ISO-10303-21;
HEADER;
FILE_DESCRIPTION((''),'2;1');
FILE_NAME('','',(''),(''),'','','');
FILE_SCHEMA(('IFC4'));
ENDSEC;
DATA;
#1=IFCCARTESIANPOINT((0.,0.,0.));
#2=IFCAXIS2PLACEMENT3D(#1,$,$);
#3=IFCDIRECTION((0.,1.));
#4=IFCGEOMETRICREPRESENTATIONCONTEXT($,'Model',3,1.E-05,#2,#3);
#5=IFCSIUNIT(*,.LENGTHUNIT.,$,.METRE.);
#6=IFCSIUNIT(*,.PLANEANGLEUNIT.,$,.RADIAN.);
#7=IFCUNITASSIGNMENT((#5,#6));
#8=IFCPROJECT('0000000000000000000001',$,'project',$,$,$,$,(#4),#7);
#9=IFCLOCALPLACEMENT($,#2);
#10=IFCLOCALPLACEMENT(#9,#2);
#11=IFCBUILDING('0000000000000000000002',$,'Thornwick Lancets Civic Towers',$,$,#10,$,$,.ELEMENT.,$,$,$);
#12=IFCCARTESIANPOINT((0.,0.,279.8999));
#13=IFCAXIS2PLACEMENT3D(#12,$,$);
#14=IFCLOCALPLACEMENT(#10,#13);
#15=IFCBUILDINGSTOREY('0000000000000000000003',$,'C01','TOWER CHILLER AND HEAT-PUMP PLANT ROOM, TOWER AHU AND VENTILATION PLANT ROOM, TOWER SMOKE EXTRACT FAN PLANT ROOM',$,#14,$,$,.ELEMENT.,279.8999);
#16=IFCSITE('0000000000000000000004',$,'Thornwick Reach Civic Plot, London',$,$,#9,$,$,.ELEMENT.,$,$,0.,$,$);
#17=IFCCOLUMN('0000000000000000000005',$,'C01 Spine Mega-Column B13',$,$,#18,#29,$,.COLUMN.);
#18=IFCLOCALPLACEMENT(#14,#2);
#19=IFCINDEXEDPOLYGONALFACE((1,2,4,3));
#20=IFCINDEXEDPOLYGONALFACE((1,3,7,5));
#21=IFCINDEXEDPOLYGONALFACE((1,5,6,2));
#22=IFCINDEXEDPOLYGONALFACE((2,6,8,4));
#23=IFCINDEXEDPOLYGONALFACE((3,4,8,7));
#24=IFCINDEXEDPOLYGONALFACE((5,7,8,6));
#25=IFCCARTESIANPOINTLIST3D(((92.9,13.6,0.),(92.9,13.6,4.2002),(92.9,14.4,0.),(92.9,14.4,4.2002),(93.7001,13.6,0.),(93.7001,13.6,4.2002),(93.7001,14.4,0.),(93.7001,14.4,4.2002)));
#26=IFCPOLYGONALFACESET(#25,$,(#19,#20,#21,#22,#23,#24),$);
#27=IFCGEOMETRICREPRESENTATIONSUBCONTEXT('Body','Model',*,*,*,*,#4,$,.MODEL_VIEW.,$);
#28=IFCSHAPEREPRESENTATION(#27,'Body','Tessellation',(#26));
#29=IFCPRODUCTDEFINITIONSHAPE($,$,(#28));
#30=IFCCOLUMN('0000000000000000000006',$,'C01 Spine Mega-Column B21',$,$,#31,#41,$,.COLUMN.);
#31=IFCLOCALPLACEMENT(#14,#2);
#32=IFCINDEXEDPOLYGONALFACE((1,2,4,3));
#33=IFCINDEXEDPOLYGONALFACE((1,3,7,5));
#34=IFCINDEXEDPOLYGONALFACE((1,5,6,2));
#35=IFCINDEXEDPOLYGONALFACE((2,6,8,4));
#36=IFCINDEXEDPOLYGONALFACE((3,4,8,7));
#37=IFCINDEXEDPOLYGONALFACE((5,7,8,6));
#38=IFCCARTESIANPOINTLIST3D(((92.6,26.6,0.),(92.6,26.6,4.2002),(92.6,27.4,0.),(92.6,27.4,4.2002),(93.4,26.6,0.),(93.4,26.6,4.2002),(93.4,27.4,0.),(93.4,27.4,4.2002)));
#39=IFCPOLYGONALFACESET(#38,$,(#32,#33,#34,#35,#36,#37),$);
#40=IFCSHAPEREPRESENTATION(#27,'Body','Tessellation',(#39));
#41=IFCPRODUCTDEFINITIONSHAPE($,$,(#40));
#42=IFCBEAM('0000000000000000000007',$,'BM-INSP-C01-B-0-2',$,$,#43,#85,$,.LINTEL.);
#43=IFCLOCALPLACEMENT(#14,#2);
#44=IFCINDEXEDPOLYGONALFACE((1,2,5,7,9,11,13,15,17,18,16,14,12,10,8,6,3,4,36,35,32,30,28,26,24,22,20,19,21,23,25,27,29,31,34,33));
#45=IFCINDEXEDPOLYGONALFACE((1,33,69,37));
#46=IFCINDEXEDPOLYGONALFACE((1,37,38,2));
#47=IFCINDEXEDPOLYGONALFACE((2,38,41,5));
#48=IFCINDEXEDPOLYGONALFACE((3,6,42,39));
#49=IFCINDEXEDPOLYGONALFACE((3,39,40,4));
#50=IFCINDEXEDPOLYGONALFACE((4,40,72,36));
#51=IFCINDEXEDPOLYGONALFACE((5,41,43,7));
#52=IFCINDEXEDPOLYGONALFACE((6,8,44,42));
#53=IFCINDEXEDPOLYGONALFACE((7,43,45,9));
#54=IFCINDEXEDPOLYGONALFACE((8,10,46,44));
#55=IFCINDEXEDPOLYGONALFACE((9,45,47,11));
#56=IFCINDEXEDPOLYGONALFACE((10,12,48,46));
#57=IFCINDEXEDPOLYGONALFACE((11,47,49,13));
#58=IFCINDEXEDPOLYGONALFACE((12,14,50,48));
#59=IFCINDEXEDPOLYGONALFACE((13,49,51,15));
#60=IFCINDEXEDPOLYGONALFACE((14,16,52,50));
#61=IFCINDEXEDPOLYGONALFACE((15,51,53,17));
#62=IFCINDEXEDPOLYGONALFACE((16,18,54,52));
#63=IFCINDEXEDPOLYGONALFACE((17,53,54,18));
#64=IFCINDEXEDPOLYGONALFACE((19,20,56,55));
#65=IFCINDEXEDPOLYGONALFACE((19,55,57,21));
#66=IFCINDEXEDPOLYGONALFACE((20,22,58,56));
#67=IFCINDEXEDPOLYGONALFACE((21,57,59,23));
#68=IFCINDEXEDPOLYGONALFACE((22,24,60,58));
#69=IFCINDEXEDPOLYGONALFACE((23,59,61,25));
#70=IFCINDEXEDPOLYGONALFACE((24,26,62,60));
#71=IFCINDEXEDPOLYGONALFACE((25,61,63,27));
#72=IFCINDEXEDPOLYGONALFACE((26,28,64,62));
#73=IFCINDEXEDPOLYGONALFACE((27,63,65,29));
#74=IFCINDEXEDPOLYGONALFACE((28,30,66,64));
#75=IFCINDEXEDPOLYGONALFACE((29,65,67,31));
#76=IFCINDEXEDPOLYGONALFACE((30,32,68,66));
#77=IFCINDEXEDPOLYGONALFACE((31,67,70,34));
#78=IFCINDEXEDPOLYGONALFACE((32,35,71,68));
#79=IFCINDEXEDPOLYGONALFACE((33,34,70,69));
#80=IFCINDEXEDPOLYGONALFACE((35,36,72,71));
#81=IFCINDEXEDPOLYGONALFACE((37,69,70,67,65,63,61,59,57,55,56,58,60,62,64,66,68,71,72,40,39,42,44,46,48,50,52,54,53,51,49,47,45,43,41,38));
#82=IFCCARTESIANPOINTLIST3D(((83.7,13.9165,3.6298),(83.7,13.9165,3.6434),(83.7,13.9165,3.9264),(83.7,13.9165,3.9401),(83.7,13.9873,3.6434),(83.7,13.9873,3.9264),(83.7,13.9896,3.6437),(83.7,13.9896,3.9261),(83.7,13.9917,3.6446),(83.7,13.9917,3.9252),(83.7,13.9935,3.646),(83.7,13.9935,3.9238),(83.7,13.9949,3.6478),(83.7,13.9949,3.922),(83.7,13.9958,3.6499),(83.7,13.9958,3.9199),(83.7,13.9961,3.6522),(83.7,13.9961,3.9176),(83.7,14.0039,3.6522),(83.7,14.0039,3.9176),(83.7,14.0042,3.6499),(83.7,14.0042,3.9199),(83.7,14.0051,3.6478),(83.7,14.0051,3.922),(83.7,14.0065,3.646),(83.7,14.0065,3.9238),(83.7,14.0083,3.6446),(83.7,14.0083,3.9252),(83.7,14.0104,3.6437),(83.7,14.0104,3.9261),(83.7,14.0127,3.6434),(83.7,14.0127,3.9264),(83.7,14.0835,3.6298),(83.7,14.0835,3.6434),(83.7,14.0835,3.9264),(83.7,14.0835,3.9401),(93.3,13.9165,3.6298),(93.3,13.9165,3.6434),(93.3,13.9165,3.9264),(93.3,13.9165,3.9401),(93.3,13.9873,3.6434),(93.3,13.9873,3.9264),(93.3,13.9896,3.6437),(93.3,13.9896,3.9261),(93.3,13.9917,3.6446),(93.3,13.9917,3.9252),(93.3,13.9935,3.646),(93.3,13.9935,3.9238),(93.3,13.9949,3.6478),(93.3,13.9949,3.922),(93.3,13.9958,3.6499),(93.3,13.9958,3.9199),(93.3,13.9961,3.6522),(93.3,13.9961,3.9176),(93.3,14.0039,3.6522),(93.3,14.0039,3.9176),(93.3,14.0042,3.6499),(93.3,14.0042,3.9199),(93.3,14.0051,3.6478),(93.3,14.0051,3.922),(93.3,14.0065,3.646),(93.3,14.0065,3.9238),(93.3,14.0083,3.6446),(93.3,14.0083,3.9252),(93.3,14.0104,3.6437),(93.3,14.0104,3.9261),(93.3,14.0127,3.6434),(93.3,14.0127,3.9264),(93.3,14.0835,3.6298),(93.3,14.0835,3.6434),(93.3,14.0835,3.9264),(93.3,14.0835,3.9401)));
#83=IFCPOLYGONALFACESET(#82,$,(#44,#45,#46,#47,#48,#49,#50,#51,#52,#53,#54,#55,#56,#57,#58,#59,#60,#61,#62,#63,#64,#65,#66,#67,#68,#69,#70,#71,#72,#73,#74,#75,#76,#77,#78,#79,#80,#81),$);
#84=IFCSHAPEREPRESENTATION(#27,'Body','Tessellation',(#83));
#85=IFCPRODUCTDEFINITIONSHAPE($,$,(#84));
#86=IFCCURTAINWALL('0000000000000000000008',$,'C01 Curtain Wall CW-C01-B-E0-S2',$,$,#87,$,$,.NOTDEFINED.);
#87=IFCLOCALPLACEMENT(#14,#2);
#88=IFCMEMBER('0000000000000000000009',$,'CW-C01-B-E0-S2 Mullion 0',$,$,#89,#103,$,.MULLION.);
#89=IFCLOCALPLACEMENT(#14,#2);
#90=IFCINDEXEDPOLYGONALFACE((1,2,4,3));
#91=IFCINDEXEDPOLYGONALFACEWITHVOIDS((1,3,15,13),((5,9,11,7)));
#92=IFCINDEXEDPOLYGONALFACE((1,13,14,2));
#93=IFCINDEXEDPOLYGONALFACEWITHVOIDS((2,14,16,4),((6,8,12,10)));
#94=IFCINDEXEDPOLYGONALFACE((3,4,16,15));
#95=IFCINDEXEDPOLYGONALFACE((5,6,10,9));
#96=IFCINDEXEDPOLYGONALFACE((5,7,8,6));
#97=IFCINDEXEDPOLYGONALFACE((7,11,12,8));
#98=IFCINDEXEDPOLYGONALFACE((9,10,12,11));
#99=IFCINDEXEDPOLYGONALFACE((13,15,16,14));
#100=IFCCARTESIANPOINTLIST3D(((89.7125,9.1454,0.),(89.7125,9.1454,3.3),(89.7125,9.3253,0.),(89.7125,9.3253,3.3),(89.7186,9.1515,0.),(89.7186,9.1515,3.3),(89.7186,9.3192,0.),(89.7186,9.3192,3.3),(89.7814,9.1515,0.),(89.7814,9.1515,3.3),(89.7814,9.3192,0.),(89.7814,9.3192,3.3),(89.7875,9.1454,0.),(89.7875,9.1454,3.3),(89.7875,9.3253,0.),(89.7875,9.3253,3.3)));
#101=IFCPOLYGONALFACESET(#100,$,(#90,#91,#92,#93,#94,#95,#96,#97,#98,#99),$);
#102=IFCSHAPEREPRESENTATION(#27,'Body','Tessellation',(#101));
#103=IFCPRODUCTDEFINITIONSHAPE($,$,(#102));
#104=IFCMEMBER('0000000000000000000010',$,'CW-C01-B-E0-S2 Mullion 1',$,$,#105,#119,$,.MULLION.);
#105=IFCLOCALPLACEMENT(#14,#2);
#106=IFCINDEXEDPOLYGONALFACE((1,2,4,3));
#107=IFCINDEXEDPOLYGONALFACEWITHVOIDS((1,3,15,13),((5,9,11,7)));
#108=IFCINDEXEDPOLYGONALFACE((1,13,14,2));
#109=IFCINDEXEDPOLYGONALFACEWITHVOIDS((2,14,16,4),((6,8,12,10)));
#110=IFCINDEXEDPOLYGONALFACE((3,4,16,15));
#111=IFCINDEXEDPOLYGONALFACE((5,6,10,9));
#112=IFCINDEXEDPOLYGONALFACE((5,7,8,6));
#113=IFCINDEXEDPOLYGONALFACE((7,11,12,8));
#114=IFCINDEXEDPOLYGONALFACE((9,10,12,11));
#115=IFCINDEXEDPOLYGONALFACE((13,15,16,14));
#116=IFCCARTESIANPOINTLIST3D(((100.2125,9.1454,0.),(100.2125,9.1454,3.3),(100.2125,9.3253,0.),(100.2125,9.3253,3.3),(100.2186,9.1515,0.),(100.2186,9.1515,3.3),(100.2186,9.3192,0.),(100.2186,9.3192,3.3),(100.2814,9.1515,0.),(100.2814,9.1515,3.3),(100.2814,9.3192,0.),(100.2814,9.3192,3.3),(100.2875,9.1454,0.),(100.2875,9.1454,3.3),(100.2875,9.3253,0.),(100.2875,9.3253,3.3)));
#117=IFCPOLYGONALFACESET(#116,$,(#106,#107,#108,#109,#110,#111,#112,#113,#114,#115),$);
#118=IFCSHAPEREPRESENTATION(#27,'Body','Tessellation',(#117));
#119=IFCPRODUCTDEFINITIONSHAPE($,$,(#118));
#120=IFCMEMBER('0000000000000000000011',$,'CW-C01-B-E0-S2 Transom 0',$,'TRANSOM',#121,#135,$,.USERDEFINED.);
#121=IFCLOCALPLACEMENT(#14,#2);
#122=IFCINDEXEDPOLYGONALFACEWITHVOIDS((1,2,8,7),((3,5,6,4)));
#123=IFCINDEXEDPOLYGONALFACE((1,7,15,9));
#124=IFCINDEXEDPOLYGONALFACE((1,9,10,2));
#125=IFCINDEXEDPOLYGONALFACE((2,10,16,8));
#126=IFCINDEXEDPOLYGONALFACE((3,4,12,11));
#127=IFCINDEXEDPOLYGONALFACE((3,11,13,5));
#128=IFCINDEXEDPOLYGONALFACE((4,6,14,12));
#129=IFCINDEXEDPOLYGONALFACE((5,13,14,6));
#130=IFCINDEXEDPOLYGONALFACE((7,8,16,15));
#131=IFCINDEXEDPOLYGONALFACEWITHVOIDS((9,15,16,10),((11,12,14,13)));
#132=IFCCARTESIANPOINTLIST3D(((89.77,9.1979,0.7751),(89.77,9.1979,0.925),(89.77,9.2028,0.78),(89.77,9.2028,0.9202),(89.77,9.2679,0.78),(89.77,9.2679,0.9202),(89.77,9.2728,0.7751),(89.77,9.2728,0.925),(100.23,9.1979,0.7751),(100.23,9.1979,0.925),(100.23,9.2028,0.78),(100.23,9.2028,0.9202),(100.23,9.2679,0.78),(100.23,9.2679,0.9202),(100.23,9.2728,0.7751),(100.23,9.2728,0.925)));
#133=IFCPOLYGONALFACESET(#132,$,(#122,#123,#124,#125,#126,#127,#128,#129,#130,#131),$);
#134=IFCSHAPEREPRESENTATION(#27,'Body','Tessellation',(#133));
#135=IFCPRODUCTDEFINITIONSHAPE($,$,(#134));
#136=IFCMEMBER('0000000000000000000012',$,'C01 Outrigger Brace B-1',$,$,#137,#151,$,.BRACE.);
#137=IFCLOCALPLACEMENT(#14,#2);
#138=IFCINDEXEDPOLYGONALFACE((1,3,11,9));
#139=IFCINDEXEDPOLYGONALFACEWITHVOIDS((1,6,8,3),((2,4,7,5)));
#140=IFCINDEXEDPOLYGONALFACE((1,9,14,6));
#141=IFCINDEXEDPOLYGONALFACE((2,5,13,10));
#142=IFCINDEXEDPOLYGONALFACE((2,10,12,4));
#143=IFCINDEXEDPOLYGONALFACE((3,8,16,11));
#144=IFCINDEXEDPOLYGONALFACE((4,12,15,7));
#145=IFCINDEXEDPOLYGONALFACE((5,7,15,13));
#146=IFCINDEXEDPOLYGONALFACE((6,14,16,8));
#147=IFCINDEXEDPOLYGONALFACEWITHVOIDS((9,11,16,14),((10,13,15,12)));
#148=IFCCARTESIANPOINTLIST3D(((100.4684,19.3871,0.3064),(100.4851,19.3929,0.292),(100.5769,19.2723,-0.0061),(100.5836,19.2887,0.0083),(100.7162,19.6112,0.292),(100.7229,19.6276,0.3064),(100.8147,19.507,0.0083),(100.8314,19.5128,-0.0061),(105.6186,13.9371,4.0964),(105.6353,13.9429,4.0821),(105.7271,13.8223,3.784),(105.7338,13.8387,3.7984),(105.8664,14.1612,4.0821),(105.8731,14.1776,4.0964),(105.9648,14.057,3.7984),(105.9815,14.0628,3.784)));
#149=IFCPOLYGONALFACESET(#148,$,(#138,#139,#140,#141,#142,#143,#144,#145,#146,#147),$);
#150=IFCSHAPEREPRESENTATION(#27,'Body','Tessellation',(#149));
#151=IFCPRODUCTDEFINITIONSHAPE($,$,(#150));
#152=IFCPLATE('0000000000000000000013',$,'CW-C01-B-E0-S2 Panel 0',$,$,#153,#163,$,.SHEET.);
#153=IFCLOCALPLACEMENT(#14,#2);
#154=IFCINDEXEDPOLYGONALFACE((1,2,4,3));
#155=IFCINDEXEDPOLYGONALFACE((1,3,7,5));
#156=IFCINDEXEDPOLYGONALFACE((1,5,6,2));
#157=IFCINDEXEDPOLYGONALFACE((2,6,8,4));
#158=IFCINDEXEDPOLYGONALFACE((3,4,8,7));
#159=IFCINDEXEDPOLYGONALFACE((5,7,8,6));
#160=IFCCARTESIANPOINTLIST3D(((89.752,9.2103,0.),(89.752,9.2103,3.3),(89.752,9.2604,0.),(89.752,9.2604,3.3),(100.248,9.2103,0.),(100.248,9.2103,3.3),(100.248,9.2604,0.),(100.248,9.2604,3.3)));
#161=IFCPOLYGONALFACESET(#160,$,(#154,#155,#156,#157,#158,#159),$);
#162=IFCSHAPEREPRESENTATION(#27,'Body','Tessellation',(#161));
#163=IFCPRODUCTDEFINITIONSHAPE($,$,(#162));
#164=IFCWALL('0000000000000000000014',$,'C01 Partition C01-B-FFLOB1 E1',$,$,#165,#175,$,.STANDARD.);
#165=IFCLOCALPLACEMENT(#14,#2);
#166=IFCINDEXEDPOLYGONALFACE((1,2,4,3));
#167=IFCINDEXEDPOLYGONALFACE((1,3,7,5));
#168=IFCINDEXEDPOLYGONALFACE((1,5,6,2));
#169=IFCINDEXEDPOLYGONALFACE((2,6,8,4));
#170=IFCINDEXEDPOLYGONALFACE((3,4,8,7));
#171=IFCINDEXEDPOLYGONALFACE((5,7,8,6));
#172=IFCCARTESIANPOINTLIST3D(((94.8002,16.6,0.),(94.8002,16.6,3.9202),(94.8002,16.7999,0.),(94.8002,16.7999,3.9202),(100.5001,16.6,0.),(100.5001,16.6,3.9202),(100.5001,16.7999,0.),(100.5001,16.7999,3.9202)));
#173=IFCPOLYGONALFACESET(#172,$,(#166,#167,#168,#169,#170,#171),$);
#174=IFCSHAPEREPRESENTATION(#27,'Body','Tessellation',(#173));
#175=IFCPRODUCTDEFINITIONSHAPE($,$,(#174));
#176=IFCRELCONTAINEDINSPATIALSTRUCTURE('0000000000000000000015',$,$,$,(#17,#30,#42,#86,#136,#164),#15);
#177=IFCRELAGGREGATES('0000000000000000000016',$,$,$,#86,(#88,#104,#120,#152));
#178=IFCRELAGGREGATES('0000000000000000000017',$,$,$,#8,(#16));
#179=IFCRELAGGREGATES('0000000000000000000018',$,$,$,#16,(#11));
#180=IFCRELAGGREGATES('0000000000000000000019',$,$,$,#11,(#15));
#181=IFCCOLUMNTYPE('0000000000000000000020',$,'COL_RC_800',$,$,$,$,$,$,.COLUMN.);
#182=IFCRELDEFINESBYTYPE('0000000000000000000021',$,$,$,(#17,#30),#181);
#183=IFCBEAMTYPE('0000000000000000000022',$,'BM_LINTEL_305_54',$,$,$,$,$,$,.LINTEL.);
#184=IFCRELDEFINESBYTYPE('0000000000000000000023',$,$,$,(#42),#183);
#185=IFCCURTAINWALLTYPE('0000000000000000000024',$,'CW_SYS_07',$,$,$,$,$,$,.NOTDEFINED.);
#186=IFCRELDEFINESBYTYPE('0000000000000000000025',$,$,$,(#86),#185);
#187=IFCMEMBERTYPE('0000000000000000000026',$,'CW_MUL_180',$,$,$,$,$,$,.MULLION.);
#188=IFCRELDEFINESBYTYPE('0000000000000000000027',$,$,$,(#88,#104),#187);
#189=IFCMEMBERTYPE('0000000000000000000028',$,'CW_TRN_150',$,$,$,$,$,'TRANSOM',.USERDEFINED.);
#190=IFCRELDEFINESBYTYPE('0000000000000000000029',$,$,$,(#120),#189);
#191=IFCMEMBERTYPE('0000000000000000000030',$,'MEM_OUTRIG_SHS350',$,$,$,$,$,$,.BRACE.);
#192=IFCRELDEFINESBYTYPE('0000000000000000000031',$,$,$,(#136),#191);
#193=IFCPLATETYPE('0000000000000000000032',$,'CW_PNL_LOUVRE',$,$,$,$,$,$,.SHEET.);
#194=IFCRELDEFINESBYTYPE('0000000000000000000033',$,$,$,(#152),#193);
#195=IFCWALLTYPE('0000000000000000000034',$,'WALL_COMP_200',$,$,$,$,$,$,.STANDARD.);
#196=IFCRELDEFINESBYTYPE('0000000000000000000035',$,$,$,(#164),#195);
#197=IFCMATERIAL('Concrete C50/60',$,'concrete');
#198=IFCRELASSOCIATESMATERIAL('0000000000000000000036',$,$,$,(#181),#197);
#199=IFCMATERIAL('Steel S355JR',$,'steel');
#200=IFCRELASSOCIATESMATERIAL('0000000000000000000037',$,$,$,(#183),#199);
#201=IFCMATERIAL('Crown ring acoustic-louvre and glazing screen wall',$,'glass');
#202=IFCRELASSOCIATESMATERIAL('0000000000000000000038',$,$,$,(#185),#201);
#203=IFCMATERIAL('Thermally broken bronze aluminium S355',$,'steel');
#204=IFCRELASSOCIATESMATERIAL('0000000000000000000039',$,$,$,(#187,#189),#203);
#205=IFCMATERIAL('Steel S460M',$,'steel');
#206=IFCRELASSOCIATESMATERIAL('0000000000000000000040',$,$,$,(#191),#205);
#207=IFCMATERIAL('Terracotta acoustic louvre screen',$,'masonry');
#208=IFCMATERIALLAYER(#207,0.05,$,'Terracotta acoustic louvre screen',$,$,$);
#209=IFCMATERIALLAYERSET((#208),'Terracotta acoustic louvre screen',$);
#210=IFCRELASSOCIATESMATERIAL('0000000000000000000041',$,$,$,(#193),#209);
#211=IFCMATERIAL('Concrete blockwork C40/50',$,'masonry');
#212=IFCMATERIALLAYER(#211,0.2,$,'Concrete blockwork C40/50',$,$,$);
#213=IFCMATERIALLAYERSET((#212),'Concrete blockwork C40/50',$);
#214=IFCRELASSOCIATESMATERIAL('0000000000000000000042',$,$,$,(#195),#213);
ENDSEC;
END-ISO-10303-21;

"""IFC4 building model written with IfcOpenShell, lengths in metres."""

from ifc_helpers import new_model, si_unit, direction, frame, frame_2d, origin, origin_2d, place, context, subcontext, project, spatial, rectangle, hollow_rectangle, i_section, extrude, material, layer, layer_set, material_profile, profile_set, type_object, element, aggregate, save


model = new_model("IFC4")

# Units and contexts
model_context = context("Model", 3, precision=1e-05, world=origin(), true_north=direction((0.0, 1.0)))
body_context = subcontext(model_context, "Body", "Model", "MODEL_VIEW")
ifc_project = project(units=[si_unit("LENGTHUNIT", "METRE"), si_unit("PLANEANGLEUNIT", "RADIAN")], contexts=[model_context])

# Site, building, storey
site_placement = place(None, origin())
site = spatial("IfcSite", under=ifc_project, at=site_placement, Name="Thornwick Reach Civic Plot, London", CompositionType="ELEMENT", RefElevation=0.0)
building_placement = place(site_placement, origin())
building = spatial("IfcBuilding", under=site, at=building_placement, Name="Thornwick Lancets Civic Towers", CompositionType="ELEMENT")
storey_placement = place(building_placement, frame((0.0, 0.0, 279.8999)))
storey = spatial("IfcBuildingStorey", under=building, at=storey_placement, Name="C01", Description="TOWER CHILLER AND HEAT-PUMP PLANT ROOM, TOWER AHU AND VENTILATION PLANT ROOM, TOWER SMOKE EXTRACT FAN PLANT ROOM", CompositionType="ELEMENT", Elevation=279.8999)

# Columns
ifc_material_1 = material(Name="Concrete C50/60", Category="concrete")
ifc_material_profile_1 = material_profile(ifc_material_1, rectangle(XDim=0.8, YDim=0.8, at=origin_2d()), Name="RC 800x800")
ifc_profile_set_1 = profile_set([ifc_material_profile_1], Name="Concrete C50/60")
column_type = type_object("IfcColumnType", Name="COL_RC_800", PredefinedType="COLUMN", material=ifc_profile_set_1)
for number, where, z_axis, x_axis, name in (
    (1, (93.3, 14.0, 0.0), (0.0, 0.0, 1.0), (1.0, 0.0, 0.0), "C01 Spine Mega-Column B13"),
    (2, (93.0, 27.0, 0.0), (0.0, 0.0, 1.0), (1.0, 0.0, 0.0), "C01 Spine Mega-Column B21"),
):
    element("IfcColumn", number, at=place(storey_placement, frame(where, z_axis=z_axis, x_axis=x_axis)), inside=storey, type_object=column_type, Name=name, PredefinedType="COLUMN", context=body_context, shape_type="SweptSolid", body=[
        extrude(rectangle(XDim=0.8, YDim=0.8, at=origin_2d()), origin(), (0.0, 0.0, 1.0), 4.2002),
    ])

# Beam
ifc_material_2 = material(Name="Steel S355JR", Category="steel")
ifc_material_profile_2 = material_profile(ifc_material_2, i_section(OverallWidth=0.167, OverallDepth=0.3103, WebThickness=0.0078, FlangeThickness=0.0137, FilletRadius=0.0088, at=origin_2d()), Name="UKB 305x165x54")
ifc_profile_set_2 = profile_set([ifc_material_profile_2], Name="Steel S355JR")
beam_type = type_object("IfcBeamType", Name="BM_LINTEL_305_54", PredefinedType="LINTEL", material=ifc_profile_set_2)
beam_placement = place(storey_placement, frame((93.3, 14.0, 3.7849), z_axis=(-1.0, 0.0, 0.0), x_axis=(0.0, -1.0, 0.0)))
element("IfcBeam", 3, at=beam_placement, inside=storey, type_object=beam_type, Name="BM-INSP-C01-B-0-2", PredefinedType="LINTEL", context=body_context, shape_type="SweptSolid", body=[
    extrude(i_section(OverallWidth=0.167, OverallDepth=0.3103, WebThickness=0.0078, FlangeThickness=0.0137, FilletRadius=0.0088, at=origin_2d()), origin(), (0.0, 0.0, 1.0), 9.6001),
])

# Curtain wall, members
ifc_material_3 = material(Name="Crown ring acoustic-louvre and glazing screen wall", Category="glass")
curtain_wall_type = type_object("IfcCurtainWallType", Name="CW_SYS_07", PredefinedType="NOTDEFINED", material=ifc_material_3)
curtain_wall_placement = place(storey_placement, origin())
curtain_wall = element("IfcCurtainWall", 4, at=curtain_wall_placement, inside=storey, type_object=curtain_wall_type, Name="C01 Curtain Wall CW-C01-B-E0-S2", PredefinedType="NOTDEFINED")
ifc_material_4 = material(Name="Thermally broken bronze aluminium S355", Category="steel")
ifc_material_profile_3 = material_profile(ifc_material_4, hollow_rectangle(XDim=0.075, YDim=0.1799, WallThickness=0.0061, at=origin_2d()), Name="RHS 180x75x6")
ifc_profile_set_3 = profile_set([ifc_material_profile_3], Name="Thermally broken bronze aluminium S355")
member_type_1 = type_object("IfcMemberType", Name="CW_MUL_180", PredefinedType="MULLION", material=ifc_profile_set_3)
member_1_placement = place(storey_placement, frame((89.75, 9.2354, 0.0), z_axis=(0.0, 0.0, 1.0), x_axis=(1.0, 0.0, 0.0)))
member_1 = element("IfcMember", 5, at=member_1_placement, type_object=member_type_1, Name="CW-C01-B-E0-S2 Mullion 0", PredefinedType="MULLION", context=body_context, shape_type="SweptSolid", body=[
    extrude(hollow_rectangle(XDim=0.075, YDim=0.1799, WallThickness=0.0061, at=origin_2d()), origin(), (0.0, 0.0, 1.0), 3.3),
])
member_2_placement = place(storey_placement, frame((100.25, 9.2354, 0.0), z_axis=(0.0, 0.0, 1.0), x_axis=(1.0, 0.0, 0.0)))
member_2 = element("IfcMember", 6, at=member_2_placement, type_object=member_type_1, Name="CW-C01-B-E0-S2 Mullion 1", PredefinedType="MULLION", context=body_context, shape_type="SweptSolid", body=[
    extrude(hollow_rectangle(XDim=0.075, YDim=0.1799, WallThickness=0.0061, at=origin_2d()), origin(), (0.0, 0.0, 1.0), 3.3),
])
ifc_material_profile_4 = material_profile(ifc_material_4, hollow_rectangle(XDim=0.075, YDim=0.1499, WallThickness=0.0049, at=origin_2d()), Name="RHS 150x75x5")
ifc_profile_set_4 = profile_set([ifc_material_profile_4], Name="Thermally broken bronze aluminium S355")
member_type_2 = type_object("IfcMemberType", Name="CW_TRN_150", ElementType="TRANSOM", PredefinedType="USERDEFINED", material=ifc_profile_set_4)
member_3_placement = place(storey_placement, frame((89.77, 9.2354, 0.8501), z_axis=(1.0, 0.0, 0.0), x_axis=(0.0, 1.0, 0.0)))
member_3 = element("IfcMember", 7, at=member_3_placement, type_object=member_type_2, Name="CW-C01-B-E0-S2 Transom 0", ObjectType="TRANSOM", PredefinedType="USERDEFINED", context=body_context, shape_type="SweptSolid", body=[
    extrude(hollow_rectangle(XDim=0.075, YDim=0.1499, WallThickness=0.0049, at=origin_2d()), origin(), (0.0, 0.0, 1.0), 10.46),
])

# Member
ifc_material_5 = material(Name="Steel S460M", Category="steel")
ifc_material_profile_5 = material_profile(ifc_material_5, hollow_rectangle(XDim=0.3501, YDim=0.3501, WallThickness=0.0161, at=origin_2d()), Name="SHS 350x350x16")
ifc_profile_set_5 = profile_set([ifc_material_profile_5], Name="Steel S460M")
member_type_3 = type_object("IfcMemberType", Name="MEM_OUTRIG_SHS350", PredefinedType="BRACE", material=ifc_profile_set_5)
member_4_placement = place(storey_placement, frame((100.6499, 19.45, 0.1501), z_axis=(0.612981, -0.648664, 0.451098), x_axis=(0.726815, 0.686833, 0.0)))
element("IfcMember", 8, at=member_4_placement, inside=storey, type_object=member_type_3, Name="C01 Outrigger Brace B-1", PredefinedType="BRACE", context=body_context, shape_type="SweptSolid", body=[
    extrude(hollow_rectangle(XDim=0.3501, YDim=0.3501, WallThickness=0.0161, at=origin_2d()), origin(), (0.0, 0.0, 1.0), 8.4019),
])

# Plate
ifc_material_6 = material(Name="Terracotta acoustic louvre screen", Category="masonry")
ifc_layer_1 = layer(ifc_material_6, 0.05, Name="Terracotta acoustic louvre screen")
ifc_layer_set_1 = layer_set([ifc_layer_1], Name="Terracotta acoustic louvre screen")
plate_type = type_object("IfcPlateType", Name="CW_PNL_LOUVRE", PredefinedType="SHEET", material=ifc_layer_set_1)
plate_placement = place(storey_placement, frame((95.0, 9.2354, 0.0), z_axis=(0.0, 0.0, 1.0), x_axis=(1.0, 0.0, 0.0)))
plate = element("IfcPlate", 9, at=plate_placement, type_object=plate_type, Name="CW-C01-B-E0-S2 Panel 0", PredefinedType="SHEET", context=body_context, shape_type="SweptSolid", body=[
    extrude(rectangle(XDim=10.4961, YDim=0.05, at=origin_2d()), origin(), (0.0, 0.0, 1.0), 3.3),
])
aggregate(curtain_wall, [member_1, member_2, member_3, plate])

# Wall
ifc_material_7 = material(Name="Concrete blockwork C40/50", Category="masonry")
ifc_layer_2 = layer(ifc_material_7, 0.2, Name="Concrete blockwork C40/50")
ifc_layer_set_2 = layer_set([ifc_layer_2], Name="Concrete blockwork C40/50")
wall_type_1 = type_object("IfcWallType", Name="WALL_COMP_200", PredefinedType="STANDARD", material=ifc_layer_set_2)
wall_1_placement = place(storey_placement, frame((94.8, 16.7, 0.0), z_axis=(0.0, 0.0, 1.0), x_axis=(1.0, 0.0, 0.0)))
element("IfcWall", 10, at=wall_1_placement, inside=storey, type_object=wall_type_1, Name="C01 Partition C01-B-FFLOB1 E1", PredefinedType="STANDARD", context=body_context, shape_type="SweptSolid", body=[
    extrude(rectangle(XDim=5.7, YDim=0.2, at=frame_2d((2.8501, 0.0))), origin(), (0.0, 0.0, 1.0), 3.9202),
])

save(model, "model.ifc")
